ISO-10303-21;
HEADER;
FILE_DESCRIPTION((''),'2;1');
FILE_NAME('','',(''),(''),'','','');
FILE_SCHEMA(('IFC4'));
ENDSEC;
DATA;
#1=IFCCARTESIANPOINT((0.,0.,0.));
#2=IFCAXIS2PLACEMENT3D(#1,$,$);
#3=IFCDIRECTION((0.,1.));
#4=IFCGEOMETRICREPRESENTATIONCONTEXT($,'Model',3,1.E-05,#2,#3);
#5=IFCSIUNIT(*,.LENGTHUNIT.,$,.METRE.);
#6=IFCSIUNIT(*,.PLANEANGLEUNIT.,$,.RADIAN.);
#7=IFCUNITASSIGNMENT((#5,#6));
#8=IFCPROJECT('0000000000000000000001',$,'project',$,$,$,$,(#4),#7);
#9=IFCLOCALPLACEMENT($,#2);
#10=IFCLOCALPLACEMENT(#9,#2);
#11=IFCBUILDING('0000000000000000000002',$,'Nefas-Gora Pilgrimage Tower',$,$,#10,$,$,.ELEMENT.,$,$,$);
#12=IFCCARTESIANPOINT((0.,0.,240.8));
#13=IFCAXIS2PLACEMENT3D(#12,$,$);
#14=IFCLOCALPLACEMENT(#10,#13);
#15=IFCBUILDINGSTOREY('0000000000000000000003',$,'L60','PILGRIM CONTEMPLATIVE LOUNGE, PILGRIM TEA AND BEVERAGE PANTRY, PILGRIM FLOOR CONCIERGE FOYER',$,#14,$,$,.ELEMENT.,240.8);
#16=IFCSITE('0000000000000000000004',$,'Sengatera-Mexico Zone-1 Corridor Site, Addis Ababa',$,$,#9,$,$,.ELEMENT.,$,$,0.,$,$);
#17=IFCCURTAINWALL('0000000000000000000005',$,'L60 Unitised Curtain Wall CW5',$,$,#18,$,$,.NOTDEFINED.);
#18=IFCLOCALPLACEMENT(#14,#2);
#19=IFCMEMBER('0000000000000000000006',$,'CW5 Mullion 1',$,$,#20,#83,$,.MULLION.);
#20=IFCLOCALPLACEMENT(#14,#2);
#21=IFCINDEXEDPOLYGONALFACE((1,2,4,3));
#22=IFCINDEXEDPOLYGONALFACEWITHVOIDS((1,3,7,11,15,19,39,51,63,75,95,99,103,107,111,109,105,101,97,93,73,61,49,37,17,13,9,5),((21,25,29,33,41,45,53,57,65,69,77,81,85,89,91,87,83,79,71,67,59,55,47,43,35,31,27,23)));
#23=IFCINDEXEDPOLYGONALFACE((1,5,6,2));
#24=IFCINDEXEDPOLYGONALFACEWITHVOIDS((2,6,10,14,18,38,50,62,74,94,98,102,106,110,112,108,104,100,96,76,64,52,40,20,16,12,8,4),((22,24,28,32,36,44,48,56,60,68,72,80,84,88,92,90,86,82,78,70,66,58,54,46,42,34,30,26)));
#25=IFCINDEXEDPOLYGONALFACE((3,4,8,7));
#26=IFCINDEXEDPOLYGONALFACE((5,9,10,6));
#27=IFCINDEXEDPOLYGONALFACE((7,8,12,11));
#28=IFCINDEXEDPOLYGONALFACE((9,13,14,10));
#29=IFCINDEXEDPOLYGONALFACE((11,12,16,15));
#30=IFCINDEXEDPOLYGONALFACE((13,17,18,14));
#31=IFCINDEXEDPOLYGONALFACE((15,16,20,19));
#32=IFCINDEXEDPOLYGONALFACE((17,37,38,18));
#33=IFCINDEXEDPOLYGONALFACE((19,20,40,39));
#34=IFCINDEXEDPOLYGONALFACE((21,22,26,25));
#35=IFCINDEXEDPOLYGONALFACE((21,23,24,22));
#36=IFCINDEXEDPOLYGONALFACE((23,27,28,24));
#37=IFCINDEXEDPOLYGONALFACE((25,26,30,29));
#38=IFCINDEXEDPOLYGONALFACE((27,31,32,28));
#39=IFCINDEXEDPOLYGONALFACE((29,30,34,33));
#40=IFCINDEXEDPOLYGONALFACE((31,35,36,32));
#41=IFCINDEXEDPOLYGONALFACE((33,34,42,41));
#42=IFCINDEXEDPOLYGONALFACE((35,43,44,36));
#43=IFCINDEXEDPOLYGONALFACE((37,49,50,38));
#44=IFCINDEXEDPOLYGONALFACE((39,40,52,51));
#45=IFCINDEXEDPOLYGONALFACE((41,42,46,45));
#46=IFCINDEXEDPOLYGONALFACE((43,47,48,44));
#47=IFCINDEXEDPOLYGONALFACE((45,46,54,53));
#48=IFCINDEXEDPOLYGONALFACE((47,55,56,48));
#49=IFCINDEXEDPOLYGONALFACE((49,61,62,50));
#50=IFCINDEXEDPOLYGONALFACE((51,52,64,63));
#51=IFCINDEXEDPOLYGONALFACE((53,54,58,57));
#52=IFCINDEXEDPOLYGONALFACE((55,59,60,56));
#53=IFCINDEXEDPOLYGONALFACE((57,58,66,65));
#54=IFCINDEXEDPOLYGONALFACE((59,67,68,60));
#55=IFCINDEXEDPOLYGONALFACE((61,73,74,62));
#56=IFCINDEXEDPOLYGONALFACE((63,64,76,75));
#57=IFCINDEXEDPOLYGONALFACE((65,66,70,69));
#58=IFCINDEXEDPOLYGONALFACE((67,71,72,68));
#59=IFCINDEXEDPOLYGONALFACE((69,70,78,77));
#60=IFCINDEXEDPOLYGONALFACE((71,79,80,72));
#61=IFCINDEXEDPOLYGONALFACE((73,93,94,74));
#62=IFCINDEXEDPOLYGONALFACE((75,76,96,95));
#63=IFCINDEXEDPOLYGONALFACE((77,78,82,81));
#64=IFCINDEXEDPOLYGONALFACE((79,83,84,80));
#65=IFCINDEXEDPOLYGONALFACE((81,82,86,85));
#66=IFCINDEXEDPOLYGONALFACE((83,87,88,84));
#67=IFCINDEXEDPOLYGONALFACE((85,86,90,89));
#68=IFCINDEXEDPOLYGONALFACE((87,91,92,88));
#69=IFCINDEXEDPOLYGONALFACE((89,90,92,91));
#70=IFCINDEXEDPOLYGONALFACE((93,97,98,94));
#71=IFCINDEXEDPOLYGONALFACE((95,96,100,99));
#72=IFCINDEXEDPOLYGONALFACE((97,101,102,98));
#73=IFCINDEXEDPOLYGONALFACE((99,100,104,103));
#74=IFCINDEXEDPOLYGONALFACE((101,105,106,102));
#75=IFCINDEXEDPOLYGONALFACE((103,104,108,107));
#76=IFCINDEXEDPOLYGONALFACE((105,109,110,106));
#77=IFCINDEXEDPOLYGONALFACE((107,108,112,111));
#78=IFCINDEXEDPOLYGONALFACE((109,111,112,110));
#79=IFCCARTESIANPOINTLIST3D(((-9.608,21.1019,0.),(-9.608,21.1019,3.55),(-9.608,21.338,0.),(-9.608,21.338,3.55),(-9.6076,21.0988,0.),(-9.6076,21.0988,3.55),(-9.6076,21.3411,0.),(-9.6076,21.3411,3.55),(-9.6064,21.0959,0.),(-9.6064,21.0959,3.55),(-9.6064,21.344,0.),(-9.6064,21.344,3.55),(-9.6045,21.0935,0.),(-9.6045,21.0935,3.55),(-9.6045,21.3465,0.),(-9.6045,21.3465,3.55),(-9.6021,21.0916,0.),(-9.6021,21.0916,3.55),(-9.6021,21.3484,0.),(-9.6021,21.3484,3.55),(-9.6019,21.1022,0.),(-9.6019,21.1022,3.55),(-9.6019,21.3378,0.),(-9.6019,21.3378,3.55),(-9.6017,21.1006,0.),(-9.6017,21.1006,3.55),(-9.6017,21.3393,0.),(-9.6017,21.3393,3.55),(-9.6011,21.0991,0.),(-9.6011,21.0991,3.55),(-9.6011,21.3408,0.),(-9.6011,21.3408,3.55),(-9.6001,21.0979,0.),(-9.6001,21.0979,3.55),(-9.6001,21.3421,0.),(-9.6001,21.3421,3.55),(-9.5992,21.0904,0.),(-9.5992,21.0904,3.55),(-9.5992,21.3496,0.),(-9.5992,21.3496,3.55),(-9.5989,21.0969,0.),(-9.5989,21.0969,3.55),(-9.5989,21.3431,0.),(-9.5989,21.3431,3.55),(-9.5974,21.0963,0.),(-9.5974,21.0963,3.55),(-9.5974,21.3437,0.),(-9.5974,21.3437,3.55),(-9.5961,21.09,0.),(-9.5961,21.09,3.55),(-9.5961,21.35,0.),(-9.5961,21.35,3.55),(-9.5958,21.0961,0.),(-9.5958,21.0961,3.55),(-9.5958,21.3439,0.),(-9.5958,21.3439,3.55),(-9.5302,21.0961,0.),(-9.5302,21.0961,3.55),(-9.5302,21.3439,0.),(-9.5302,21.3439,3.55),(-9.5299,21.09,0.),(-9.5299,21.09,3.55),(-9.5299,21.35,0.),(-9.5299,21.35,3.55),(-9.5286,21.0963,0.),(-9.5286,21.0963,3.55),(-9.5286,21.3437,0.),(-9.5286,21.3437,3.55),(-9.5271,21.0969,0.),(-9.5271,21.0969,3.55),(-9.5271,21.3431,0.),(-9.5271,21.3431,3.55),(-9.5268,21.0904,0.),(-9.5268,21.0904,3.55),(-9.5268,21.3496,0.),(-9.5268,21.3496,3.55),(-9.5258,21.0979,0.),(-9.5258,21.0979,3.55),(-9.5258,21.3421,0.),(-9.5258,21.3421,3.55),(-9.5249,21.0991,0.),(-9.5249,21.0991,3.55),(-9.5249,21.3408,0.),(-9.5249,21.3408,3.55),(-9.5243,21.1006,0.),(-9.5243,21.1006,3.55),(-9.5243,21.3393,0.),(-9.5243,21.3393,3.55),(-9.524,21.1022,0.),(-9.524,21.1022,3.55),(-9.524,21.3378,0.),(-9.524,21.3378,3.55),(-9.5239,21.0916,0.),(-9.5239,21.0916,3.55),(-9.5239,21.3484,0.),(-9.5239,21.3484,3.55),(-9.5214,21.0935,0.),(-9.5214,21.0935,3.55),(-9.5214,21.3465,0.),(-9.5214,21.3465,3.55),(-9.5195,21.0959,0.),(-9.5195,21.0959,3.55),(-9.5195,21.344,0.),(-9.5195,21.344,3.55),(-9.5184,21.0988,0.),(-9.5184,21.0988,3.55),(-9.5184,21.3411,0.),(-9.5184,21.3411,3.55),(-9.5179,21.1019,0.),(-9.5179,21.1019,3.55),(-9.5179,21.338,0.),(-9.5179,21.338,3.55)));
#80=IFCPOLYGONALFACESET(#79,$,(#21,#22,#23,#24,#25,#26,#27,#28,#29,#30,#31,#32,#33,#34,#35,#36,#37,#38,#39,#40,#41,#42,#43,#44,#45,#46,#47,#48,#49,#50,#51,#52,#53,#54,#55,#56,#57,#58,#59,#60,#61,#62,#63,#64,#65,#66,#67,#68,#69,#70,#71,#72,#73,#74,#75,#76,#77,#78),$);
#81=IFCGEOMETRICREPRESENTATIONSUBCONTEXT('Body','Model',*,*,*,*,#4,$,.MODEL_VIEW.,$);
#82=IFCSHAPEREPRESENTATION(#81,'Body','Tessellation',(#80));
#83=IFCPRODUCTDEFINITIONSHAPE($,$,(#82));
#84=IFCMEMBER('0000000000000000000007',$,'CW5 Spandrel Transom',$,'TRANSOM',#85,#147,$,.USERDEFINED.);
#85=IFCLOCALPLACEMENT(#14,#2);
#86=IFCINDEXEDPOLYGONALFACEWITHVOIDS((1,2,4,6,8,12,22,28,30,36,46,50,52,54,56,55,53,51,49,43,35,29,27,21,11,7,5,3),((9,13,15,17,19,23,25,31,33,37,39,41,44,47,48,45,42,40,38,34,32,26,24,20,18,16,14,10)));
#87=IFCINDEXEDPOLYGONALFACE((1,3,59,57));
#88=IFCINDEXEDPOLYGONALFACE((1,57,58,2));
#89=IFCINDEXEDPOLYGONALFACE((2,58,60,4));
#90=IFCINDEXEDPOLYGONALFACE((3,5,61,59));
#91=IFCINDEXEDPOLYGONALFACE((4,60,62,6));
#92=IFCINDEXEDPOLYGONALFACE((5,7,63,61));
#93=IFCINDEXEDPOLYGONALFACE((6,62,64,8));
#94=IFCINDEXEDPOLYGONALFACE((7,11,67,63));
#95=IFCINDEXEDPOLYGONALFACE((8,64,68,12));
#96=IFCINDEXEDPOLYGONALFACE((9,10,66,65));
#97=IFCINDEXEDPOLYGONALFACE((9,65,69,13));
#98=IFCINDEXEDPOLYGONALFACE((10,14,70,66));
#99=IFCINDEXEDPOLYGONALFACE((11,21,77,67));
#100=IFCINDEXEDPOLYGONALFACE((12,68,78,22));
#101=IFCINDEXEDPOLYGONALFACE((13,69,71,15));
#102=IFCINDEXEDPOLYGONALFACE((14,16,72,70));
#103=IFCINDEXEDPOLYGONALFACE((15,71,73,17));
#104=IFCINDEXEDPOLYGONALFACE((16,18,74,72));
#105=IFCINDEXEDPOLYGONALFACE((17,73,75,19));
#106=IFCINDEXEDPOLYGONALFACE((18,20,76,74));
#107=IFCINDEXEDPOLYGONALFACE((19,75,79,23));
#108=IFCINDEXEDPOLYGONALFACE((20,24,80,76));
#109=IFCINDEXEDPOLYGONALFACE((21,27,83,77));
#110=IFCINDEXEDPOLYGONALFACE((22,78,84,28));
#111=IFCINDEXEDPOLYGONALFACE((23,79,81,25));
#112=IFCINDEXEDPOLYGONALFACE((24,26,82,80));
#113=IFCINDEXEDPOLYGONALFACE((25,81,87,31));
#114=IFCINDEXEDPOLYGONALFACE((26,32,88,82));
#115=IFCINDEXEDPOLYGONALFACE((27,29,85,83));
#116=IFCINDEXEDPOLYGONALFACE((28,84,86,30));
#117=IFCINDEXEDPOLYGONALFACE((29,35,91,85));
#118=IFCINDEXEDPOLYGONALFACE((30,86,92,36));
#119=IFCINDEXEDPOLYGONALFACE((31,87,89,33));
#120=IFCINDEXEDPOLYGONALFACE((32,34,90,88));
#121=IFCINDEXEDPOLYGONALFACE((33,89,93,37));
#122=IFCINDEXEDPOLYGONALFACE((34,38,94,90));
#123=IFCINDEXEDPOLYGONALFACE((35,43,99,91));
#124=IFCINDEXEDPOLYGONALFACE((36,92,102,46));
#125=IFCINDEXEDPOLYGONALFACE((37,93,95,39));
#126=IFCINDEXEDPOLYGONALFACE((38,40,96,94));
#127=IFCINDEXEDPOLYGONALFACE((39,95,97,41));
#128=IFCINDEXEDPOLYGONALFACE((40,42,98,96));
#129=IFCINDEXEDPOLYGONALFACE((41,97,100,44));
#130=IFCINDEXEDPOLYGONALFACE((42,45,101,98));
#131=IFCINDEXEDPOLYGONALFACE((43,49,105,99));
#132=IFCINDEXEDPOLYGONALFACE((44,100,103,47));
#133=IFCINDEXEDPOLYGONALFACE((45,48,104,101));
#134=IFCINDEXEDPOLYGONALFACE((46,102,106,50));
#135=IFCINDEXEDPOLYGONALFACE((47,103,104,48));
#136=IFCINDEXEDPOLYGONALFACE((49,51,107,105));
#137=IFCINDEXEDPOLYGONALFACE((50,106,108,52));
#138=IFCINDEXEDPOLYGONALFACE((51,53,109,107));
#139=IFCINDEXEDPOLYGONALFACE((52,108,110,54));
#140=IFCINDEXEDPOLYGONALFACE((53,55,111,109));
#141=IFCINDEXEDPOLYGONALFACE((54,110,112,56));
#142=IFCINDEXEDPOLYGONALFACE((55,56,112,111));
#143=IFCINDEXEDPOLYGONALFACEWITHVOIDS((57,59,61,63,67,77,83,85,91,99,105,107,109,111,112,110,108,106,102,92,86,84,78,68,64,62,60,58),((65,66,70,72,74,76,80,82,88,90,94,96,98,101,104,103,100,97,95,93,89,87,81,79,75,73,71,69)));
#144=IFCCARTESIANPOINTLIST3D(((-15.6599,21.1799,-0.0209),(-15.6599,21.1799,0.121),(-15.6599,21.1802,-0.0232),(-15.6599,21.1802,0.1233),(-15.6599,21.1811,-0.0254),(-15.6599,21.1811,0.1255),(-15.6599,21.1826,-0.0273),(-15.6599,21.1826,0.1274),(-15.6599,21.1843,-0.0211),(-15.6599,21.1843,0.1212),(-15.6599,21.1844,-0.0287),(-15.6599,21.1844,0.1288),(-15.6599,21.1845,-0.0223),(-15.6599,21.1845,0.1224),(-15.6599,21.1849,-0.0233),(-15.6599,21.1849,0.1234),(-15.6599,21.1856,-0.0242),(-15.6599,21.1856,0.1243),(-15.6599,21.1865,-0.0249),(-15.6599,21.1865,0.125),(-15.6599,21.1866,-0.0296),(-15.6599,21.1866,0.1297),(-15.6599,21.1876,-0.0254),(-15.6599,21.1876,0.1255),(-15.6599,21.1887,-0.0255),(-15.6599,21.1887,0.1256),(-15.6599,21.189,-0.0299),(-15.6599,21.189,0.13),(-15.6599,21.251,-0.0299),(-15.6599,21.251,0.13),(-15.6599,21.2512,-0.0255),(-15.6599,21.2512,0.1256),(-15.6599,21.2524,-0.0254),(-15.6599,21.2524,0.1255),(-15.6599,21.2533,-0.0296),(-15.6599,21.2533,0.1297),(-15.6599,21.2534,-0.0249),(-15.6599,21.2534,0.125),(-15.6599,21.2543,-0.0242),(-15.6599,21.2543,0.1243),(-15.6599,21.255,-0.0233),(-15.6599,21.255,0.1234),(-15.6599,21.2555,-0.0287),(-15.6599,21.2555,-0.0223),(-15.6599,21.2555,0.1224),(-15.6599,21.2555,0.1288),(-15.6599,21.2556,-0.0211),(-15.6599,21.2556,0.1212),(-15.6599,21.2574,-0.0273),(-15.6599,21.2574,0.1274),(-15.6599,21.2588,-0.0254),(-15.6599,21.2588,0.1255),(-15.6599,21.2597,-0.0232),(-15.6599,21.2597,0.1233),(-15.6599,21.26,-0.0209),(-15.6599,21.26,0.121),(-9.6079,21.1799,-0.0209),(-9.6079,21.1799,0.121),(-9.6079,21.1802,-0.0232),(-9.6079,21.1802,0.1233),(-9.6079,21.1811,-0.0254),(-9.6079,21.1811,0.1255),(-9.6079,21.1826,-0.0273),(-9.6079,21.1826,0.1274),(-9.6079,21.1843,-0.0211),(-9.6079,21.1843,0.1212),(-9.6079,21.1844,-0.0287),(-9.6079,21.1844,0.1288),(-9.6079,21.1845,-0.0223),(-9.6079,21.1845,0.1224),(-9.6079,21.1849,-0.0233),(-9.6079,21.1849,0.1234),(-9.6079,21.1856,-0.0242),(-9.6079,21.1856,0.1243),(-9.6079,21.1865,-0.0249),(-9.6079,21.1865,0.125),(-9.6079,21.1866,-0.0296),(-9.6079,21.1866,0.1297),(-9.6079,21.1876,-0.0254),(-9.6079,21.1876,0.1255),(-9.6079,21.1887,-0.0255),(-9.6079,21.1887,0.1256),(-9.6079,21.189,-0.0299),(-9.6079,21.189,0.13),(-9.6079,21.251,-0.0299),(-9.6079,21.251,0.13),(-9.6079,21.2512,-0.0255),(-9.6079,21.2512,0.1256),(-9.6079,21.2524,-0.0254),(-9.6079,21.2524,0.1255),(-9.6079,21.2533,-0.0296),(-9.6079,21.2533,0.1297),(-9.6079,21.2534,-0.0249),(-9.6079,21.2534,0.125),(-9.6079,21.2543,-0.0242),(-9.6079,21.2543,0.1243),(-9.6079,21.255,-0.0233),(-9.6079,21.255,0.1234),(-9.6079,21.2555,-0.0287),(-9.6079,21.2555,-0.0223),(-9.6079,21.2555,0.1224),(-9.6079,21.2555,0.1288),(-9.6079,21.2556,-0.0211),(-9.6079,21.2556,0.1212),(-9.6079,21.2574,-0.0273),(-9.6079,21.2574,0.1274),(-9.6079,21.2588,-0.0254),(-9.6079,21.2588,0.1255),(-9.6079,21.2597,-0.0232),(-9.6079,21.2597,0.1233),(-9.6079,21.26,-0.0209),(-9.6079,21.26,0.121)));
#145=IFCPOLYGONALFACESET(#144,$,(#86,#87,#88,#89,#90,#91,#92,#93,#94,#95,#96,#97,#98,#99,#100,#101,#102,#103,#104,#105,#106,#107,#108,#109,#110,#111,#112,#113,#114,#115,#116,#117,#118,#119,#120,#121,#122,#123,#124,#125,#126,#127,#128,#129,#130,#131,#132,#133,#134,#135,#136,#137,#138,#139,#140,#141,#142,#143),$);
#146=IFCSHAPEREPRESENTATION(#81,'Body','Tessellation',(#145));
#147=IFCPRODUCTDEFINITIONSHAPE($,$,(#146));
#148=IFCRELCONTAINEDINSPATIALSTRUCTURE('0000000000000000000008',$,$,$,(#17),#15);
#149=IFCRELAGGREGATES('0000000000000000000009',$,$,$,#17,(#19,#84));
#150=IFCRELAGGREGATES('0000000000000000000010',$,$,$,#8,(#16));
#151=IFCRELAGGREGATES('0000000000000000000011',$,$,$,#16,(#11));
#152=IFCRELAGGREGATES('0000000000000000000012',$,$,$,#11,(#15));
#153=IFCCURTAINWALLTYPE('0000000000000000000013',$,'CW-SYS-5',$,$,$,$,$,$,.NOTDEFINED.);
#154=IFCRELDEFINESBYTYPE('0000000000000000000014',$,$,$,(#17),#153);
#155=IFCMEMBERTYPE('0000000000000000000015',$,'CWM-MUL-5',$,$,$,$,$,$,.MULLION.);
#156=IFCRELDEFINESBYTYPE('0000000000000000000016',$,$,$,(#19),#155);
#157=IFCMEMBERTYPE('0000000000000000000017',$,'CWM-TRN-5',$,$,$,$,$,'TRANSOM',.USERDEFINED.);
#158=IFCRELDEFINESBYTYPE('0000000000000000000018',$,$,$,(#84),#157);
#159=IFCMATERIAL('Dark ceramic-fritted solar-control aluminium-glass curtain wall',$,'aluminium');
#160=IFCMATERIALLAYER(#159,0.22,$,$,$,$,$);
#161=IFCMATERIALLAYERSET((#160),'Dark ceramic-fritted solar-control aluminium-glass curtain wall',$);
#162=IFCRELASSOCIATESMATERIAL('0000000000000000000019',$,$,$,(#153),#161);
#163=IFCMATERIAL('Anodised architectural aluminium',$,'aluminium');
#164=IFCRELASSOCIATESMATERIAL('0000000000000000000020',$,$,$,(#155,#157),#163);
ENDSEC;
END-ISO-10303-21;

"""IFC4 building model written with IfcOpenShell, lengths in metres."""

from ifc_helpers import new_model, si_unit, direction, frame, origin, origin_2d, place, context, subcontext, project, spatial, hollow_rectangle, extrude, source, transform, mapped, material, layer, layer_set, material_profile, profile_set, type_object, element, aggregate, save


model = new_model("IFC4")

# Units and contexts
model_context = context("Model", 3, precision=1e-05, world=origin(), true_north=direction((0.0, 1.0)))
body_context = subcontext(model_context, "Body", "Model", "MODEL_VIEW")
ifc_project = project(units=[si_unit("LENGTHUNIT", "METRE"), si_unit("PLANEANGLEUNIT", "RADIAN")], contexts=[model_context])

# Site, building, storey
site_placement = place(None, origin())
site = spatial("IfcSite", under=ifc_project, at=site_placement, Name="Sengatera-Mexico Zone-1 Corridor Site, Addis Ababa", CompositionType="ELEMENT", RefElevation=0.0)
building_placement = place(site_placement, origin())
building = spatial("IfcBuilding", under=site, at=building_placement, Name="Nefas-Gora Pilgrimage Tower", CompositionType="ELEMENT")
storey_placement = place(building_placement, frame((0.0, 0.0, 240.8)))
storey = spatial("IfcBuildingStorey", under=building, at=storey_placement, Name="L60", Description="PILGRIM CONTEMPLATIVE LOUNGE, PILGRIM TEA AND BEVERAGE PANTRY, PILGRIM FLOOR CONCIERGE FOYER", CompositionType="ELEMENT", Elevation=240.8)

# Curtain wall, members
ifc_material_1 = material(Name="Dark ceramic-fritted solar-control aluminium-glass curtain wall", Category="aluminium")
ifc_layer_1 = layer(ifc_material_1, 0.22)
ifc_layer_set_1 = layer_set([ifc_layer_1], Name="Dark ceramic-fritted solar-control aluminium-glass curtain wall")
curtain_wall_type = type_object("IfcCurtainWallType", Name="CW-SYS-5", PredefinedType="NOTDEFINED", material=ifc_layer_set_1)
ifc_material_2 = material(Name="Anodised architectural aluminium", Category="aluminium")
ifc_material_profile_1 = material_profile(ifc_material_2, hollow_rectangle(XDim=0.0901, YDim=0.26, WallThickness=0.0061, InnerFilletRadius=0.0061, OuterFilletRadius=0.012, at=origin_2d()), Name="ALU MULLION 90x260")
ifc_profile_set_1 = profile_set([ifc_material_profile_1], Name="Anodised architectural aluminium")
member_type_1 = type_object("IfcMemberType", Name="CWM-MUL-5", PredefinedType="MULLION", material=ifc_profile_set_1)
shared_shape_1 = source(origin(), body_context, "Body", "SweptSolid", [
    extrude(hollow_rectangle(XDim=0.0901, YDim=0.26, WallThickness=0.0061, InnerFilletRadius=0.0061, OuterFilletRadius=0.012, at=origin_2d()), origin(), (0.0, 0.0, 1.0), 3.55),
])
curtain_wall_1_placement = place(storey_placement, origin())
curtain_wall_1 = element("IfcCurtainWall", 1, at=curtain_wall_1_placement, inside=storey, type_object=curtain_wall_type, Name="L60 Unitised Curtain Wall CW5", PredefinedType="NOTDEFINED")
member_1_placement = place(storey_placement, frame((-9.563, 21.22, 0.0), z_axis=(0.0, 0.0, 1.0), x_axis=(-1.0, 0.0, 0.0)))
member_1 = element("IfcMember", 2, at=member_1_placement, type_object=member_type_1, Name="CW5 Mullion 1", PredefinedType="MULLION", context=body_context, shape_type="MappedRepresentation", body=[
    mapped(shared_shape_1, transform((0.0, 0.0, 0.0), x_axis=(1.0, 0.0, 0.0), y_axis=(0.0, 1.0, 0.0), z_axis=(0.0, 0.0, 1.0), scale=1.0)),
])
ifc_material_profile_2 = material_profile(ifc_material_2, hollow_rectangle(XDim=0.0801, YDim=0.1599, WallThickness=0.0044, InnerFilletRadius=0.0044, OuterFilletRadius=0.009, at=origin_2d()), Name="ALU TRANSOM 80x160")
ifc_profile_set_2 = profile_set([ifc_material_profile_2], Name="Anodised architectural aluminium")
member_type_2 = type_object("IfcMemberType", Name="CWM-TRN-5", ElementType="TRANSOM", PredefinedType="USERDEFINED", material=ifc_profile_set_2)
shared_shape_2 = source(origin(), body_context, "Body", "SweptSolid", [
    extrude(hollow_rectangle(XDim=0.0801, YDim=0.1599, WallThickness=0.0044, InnerFilletRadius=0.0044, OuterFilletRadius=0.009, at=origin_2d()), origin(), (0.0, 0.0, 1.0), 6.052),
])
member_2_placement = place(storey_placement, frame((-9.6079, 21.22, 0.05), z_axis=(-1.0, 0.0, 0.0), x_axis=(0.0, -1.0, 0.0)))
member_2 = element("IfcMember", 3, at=member_2_placement, type_object=member_type_2, Name="CW5 Spandrel Transom", ObjectType="TRANSOM", PredefinedType="USERDEFINED", context=body_context, shape_type="MappedRepresentation", body=[
    mapped(shared_shape_2, transform((0.0, 0.0, 0.0), x_axis=(1.0, 0.0, 0.0), y_axis=(0.0, 1.0, 0.0), z_axis=(0.0, 0.0, 1.0), scale=1.0)),
])
aggregate(curtain_wall_1, [member_1, member_2])

save(model, "model.ifc")
